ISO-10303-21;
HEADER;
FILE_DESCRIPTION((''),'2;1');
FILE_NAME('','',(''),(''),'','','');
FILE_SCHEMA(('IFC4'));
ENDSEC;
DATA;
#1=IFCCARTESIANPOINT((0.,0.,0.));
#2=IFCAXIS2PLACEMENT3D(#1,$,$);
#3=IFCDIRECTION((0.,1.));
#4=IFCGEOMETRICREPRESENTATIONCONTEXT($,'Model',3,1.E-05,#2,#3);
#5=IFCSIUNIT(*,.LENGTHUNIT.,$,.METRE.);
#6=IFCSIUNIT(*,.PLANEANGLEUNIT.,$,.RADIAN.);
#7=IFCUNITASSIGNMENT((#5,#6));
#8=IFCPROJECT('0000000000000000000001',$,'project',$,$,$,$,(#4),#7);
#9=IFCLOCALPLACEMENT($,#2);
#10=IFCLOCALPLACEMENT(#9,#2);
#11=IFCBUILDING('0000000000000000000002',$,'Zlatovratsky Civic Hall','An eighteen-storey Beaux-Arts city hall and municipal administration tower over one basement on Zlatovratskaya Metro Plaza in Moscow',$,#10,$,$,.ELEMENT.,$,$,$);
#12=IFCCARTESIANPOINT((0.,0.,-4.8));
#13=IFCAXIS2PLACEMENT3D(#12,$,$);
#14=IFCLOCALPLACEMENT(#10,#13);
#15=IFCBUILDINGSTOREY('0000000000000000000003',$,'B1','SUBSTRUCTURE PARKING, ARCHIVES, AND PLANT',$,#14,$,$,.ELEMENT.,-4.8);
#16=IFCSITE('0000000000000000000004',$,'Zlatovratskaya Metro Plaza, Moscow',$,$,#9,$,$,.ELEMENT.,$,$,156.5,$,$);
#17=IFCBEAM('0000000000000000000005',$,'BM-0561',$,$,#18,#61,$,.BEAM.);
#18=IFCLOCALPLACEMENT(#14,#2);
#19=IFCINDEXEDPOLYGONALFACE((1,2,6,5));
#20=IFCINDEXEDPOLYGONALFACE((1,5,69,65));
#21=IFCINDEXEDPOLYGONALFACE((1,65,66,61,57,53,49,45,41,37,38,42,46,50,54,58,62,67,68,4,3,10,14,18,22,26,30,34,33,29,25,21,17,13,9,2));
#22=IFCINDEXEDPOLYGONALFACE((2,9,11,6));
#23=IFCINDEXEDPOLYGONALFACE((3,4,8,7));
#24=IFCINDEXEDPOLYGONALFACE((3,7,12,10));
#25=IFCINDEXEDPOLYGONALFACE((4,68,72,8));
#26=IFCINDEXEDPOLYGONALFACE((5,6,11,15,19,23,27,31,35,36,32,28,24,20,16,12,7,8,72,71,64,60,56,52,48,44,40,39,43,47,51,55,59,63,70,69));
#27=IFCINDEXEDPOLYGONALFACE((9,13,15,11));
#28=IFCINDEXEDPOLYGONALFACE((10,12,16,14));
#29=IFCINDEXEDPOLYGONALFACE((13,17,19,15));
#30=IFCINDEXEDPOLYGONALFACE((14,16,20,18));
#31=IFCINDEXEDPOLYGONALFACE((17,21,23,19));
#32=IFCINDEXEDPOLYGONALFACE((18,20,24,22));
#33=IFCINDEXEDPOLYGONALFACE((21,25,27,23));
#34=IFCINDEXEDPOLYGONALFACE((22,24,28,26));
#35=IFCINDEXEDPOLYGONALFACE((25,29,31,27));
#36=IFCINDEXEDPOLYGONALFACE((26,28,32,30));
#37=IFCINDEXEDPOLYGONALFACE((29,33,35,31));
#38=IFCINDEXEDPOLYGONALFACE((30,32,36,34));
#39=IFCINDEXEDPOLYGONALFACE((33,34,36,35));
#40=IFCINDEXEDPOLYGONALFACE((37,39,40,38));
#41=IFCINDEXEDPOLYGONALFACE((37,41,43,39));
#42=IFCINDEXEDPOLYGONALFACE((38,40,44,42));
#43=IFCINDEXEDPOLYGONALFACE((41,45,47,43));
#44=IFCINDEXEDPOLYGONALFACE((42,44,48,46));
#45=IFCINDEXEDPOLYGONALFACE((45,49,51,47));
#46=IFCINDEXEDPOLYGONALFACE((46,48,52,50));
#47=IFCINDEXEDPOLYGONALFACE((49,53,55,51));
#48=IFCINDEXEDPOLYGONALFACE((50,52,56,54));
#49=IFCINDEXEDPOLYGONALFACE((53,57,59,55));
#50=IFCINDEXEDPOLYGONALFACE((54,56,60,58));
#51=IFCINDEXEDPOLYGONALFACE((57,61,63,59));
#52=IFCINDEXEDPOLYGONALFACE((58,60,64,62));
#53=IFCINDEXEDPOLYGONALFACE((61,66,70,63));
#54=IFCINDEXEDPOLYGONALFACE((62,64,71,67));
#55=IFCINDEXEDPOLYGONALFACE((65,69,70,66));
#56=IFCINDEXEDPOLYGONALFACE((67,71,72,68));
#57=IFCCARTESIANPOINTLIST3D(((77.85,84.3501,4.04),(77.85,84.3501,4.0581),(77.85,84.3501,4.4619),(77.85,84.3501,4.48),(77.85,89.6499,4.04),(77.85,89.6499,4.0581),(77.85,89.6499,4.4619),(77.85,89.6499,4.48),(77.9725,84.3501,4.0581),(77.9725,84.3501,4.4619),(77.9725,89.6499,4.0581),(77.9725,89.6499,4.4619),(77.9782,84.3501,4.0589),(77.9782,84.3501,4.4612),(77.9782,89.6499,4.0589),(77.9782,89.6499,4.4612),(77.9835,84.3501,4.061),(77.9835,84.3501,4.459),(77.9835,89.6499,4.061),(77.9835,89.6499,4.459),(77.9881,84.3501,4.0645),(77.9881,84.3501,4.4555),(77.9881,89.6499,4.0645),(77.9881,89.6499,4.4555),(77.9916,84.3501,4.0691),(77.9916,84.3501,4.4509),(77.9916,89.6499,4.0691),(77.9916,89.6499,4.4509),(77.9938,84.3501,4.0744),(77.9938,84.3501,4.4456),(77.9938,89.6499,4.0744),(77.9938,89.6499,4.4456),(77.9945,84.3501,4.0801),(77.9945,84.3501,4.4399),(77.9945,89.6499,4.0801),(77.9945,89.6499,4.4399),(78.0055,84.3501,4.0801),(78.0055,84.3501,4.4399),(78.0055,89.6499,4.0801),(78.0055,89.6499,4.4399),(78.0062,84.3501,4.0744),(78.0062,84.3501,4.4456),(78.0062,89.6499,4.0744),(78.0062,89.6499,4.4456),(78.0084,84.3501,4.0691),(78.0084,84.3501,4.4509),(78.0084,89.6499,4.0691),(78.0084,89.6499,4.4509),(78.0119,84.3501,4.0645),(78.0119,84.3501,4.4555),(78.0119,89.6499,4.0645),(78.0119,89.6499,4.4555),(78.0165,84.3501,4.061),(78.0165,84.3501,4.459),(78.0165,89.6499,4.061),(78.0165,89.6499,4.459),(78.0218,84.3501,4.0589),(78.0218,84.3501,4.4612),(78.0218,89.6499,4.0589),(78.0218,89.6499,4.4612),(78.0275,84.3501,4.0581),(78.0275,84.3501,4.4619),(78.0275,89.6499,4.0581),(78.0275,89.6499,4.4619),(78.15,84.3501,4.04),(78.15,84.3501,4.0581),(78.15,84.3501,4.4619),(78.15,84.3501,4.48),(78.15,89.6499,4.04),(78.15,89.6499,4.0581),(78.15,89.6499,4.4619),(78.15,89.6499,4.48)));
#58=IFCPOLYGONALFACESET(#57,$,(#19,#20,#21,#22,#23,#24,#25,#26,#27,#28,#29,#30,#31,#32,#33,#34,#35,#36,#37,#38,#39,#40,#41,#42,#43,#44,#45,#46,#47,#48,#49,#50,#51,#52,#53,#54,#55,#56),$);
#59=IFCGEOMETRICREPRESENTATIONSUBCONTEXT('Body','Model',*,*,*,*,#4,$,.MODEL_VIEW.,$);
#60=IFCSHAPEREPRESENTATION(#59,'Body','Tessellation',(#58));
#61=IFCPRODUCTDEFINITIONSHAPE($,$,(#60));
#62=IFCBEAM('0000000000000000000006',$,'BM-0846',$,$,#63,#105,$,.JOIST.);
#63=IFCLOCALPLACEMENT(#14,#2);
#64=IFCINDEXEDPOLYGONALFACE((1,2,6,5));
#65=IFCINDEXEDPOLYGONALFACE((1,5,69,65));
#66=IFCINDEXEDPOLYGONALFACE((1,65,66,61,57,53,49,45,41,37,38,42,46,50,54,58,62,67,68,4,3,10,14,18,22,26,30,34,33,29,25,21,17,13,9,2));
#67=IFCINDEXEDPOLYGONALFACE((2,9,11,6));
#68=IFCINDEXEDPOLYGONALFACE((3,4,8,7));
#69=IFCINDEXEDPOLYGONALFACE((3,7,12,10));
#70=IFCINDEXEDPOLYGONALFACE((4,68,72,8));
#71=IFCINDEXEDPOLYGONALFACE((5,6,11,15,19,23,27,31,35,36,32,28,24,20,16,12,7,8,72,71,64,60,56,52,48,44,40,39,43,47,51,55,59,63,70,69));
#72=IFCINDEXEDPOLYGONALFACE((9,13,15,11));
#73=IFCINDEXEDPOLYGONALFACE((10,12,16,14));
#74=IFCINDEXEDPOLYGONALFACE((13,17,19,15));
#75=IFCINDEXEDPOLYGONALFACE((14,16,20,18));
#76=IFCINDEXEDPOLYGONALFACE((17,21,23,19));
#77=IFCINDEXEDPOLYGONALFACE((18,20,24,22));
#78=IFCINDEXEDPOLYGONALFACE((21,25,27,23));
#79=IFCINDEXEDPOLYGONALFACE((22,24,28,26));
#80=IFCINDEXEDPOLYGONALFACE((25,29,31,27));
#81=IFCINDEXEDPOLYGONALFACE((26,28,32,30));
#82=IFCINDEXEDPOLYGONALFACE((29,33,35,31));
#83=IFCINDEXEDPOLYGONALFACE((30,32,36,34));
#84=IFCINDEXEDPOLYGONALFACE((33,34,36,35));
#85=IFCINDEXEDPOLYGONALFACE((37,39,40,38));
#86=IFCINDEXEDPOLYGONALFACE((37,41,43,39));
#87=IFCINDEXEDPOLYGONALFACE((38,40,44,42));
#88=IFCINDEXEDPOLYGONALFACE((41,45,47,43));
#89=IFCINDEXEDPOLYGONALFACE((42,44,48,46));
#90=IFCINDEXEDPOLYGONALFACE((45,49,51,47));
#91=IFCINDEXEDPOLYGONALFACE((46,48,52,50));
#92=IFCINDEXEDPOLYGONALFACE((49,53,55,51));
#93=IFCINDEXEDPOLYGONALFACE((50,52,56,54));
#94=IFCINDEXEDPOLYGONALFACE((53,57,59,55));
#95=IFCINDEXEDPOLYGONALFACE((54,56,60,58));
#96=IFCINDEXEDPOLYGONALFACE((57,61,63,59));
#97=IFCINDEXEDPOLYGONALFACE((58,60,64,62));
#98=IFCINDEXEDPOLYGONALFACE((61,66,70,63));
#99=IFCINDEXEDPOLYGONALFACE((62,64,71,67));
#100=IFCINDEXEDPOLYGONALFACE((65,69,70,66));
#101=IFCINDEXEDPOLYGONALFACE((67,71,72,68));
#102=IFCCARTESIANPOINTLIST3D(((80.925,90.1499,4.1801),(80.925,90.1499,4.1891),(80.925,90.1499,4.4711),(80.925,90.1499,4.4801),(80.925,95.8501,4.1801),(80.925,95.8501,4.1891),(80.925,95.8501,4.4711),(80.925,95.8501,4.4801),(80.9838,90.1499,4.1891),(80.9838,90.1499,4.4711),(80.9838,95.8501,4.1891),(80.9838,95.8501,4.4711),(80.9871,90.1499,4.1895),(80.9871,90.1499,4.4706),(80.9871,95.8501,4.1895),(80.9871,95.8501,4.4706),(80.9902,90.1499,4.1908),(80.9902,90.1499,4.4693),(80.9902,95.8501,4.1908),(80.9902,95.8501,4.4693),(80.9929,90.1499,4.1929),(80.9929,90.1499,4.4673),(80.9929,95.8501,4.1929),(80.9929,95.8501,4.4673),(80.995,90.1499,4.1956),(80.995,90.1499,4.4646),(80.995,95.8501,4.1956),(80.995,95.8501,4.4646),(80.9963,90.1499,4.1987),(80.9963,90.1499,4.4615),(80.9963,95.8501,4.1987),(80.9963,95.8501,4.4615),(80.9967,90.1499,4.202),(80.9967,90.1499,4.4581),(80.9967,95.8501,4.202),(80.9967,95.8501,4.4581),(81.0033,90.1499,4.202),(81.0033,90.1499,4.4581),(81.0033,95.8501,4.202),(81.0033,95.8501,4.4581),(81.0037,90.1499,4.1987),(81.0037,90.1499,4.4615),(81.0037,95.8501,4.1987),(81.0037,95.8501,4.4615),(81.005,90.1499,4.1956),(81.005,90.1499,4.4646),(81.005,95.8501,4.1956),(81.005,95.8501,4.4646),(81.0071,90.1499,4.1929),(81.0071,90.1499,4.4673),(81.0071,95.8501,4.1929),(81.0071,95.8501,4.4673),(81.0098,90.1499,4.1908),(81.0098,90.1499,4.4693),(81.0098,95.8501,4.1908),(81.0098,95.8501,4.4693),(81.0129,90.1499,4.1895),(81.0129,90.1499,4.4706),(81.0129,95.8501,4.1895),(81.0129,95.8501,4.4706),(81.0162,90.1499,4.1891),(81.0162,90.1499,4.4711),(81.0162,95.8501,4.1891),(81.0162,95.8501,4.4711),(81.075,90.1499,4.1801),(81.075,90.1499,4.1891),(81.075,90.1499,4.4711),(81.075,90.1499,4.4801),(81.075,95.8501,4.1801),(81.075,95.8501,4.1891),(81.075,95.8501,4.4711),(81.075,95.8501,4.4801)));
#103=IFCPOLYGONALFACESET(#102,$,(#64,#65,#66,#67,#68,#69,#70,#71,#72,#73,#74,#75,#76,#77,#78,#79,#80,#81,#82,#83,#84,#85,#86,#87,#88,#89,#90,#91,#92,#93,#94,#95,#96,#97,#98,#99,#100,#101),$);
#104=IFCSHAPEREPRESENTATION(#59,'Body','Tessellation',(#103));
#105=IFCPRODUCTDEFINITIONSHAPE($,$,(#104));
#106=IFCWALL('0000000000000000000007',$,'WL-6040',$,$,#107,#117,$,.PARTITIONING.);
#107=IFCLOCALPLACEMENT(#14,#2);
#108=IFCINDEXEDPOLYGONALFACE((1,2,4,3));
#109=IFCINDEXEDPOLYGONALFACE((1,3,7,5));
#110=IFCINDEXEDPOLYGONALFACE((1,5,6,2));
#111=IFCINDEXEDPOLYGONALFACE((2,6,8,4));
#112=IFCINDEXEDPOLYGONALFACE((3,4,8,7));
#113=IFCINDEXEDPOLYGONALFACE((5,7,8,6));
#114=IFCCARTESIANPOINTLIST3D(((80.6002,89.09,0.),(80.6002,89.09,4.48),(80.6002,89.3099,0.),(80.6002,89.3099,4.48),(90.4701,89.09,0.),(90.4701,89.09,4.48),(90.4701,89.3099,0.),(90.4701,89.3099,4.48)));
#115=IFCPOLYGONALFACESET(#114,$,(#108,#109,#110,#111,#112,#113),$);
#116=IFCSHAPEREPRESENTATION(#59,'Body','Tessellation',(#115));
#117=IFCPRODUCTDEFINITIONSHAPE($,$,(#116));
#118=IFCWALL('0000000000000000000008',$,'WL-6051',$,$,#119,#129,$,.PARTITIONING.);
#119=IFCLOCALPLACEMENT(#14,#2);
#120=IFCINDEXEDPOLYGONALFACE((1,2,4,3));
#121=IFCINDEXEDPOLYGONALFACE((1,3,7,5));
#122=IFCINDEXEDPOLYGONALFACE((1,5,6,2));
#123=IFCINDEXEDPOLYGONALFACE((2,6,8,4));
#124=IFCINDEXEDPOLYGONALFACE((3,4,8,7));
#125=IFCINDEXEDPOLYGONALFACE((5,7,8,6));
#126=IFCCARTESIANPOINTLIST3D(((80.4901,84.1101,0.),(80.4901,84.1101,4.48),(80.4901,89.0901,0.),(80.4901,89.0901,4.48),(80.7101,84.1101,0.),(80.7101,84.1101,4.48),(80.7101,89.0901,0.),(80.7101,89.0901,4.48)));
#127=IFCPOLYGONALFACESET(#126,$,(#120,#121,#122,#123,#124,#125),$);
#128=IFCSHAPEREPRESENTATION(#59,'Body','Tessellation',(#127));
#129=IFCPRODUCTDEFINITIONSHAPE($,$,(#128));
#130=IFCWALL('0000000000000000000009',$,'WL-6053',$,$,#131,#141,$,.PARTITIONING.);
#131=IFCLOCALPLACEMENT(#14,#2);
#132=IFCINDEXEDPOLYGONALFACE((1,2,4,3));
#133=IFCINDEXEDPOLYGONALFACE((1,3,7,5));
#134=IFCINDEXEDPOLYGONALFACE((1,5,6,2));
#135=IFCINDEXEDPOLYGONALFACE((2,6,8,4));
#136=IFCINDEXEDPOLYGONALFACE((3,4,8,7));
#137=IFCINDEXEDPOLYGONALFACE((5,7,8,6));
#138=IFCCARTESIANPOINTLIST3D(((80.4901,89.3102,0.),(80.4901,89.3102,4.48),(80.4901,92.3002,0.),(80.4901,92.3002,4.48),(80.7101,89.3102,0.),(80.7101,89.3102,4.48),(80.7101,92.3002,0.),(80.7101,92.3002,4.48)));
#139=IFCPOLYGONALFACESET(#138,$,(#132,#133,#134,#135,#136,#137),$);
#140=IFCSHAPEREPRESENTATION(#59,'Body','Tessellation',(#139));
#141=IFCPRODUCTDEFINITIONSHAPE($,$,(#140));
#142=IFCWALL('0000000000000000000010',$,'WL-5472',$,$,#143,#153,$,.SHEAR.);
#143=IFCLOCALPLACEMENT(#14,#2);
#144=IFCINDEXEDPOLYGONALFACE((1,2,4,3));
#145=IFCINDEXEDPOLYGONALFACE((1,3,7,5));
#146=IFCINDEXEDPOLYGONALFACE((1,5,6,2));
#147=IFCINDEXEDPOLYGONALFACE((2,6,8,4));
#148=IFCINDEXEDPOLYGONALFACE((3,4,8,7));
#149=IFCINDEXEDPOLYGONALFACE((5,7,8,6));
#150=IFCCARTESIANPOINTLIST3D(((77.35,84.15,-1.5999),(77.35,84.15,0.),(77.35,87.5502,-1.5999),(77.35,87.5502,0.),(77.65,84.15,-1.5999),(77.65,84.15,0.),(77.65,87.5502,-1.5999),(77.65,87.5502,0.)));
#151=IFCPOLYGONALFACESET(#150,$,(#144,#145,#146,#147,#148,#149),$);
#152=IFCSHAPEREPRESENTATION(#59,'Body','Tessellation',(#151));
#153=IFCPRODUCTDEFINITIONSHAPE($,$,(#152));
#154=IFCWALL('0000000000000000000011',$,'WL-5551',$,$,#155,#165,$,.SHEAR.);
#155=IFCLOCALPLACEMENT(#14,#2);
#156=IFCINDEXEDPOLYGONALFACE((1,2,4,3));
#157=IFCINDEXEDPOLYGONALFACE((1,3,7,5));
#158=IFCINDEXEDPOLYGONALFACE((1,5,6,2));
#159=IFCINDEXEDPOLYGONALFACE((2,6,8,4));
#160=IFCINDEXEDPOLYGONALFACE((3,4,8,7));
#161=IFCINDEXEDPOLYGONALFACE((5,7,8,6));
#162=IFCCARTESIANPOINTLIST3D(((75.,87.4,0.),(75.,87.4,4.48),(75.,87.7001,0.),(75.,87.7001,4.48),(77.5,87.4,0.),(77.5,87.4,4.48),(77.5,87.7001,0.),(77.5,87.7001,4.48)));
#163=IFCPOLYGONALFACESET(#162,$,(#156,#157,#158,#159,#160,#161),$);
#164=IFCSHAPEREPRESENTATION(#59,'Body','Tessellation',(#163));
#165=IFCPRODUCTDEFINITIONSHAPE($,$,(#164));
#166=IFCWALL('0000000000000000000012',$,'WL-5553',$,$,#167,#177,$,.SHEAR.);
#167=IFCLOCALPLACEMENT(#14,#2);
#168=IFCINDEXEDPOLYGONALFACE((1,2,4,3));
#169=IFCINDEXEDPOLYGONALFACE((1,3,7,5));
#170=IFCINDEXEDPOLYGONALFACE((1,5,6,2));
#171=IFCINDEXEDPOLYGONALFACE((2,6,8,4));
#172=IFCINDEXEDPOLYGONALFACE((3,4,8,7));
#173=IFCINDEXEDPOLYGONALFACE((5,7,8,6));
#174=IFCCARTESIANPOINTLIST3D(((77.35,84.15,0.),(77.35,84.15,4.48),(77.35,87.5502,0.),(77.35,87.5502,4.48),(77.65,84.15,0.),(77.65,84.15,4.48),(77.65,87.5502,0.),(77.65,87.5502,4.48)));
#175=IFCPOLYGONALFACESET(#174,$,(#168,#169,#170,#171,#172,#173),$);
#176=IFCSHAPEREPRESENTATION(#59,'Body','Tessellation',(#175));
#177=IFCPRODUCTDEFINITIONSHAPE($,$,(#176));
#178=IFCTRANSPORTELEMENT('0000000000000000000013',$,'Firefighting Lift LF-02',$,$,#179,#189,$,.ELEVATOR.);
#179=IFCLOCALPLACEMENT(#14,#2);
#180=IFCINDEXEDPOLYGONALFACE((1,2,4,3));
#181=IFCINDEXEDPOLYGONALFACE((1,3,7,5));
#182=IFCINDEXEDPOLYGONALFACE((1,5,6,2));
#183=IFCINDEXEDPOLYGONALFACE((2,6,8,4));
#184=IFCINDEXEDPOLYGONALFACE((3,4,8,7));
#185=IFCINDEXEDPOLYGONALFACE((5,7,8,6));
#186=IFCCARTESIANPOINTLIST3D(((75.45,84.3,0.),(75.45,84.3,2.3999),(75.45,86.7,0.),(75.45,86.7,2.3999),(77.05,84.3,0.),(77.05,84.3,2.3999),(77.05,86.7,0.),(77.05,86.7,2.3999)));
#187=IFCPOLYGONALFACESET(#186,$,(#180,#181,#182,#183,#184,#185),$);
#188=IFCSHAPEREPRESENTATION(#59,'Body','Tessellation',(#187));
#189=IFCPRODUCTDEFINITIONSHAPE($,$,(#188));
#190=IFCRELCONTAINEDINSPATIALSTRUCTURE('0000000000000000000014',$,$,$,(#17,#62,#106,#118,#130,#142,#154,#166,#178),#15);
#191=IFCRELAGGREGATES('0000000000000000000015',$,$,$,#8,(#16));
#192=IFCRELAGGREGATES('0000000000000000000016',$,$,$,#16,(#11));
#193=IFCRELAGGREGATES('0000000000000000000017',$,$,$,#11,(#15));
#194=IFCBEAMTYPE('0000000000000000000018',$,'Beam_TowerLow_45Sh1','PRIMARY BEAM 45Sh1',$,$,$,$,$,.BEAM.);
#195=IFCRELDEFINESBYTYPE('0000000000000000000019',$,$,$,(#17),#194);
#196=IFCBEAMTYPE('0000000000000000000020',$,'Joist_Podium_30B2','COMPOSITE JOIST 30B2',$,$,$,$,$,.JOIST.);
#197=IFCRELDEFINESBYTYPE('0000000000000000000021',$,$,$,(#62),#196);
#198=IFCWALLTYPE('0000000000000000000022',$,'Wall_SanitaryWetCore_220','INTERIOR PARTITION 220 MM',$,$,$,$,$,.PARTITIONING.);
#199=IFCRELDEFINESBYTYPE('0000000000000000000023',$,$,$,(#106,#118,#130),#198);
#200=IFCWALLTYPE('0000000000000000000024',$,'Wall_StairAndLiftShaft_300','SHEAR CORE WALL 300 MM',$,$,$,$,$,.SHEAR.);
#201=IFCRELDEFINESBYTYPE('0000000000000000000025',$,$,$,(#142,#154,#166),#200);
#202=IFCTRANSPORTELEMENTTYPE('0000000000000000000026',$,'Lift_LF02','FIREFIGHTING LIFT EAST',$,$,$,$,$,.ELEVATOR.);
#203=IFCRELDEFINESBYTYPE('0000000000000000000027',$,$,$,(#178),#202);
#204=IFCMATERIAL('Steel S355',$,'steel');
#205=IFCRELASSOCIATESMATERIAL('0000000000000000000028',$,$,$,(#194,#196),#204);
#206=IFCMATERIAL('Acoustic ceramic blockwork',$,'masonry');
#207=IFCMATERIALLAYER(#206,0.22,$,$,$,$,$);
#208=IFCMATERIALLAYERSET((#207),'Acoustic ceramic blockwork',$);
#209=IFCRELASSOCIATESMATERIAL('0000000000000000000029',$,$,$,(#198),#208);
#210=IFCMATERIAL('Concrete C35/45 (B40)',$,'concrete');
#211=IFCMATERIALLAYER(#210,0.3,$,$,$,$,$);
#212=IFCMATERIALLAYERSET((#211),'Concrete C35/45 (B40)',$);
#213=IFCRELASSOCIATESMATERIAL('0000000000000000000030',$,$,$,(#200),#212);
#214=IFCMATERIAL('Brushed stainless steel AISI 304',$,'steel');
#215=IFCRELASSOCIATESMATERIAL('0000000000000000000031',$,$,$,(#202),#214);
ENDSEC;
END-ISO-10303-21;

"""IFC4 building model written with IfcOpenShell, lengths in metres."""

from ifc_helpers import new_model, si_unit, direction, frame, frame_2d, origin, origin_2d, place, context, subcontext, project, spatial, rectangle, i_section, extrude, material, layer, layer_set, material_profile, profile_set, type_object, element, save


model = new_model("IFC4")

# Units and contexts
model_context = context("Model", 3, precision=1e-05, world=origin(), true_north=direction((0.0, 1.0)))
body_context = subcontext(model_context, "Body", "Model", "MODEL_VIEW")
ifc_project = project(units=[si_unit("LENGTHUNIT", "METRE"), si_unit("PLANEANGLEUNIT", "RADIAN")], contexts=[model_context])

# Site, building, storey
site_placement = place(None, origin())
site = spatial("IfcSite", under=ifc_project, at=site_placement, Name="Zlatovratskaya Metro Plaza, Moscow", CompositionType="ELEMENT", RefElevation=156.5)
building_placement = place(site_placement, origin())
building = spatial("IfcBuilding", under=site, at=building_placement, Name="Zlatovratsky Civic Hall", Description="An eighteen-storey Beaux-Arts city hall and municipal administration tower over one basement on Zlatovratskaya Metro Plaza in Moscow", CompositionType="ELEMENT")
storey_placement = place(building_placement, frame((0.0, 0.0, -4.8)))
storey = spatial("IfcBuildingStorey", under=building, at=storey_placement, Name="B1", Description="SUBSTRUCTURE PARKING, ARCHIVES, AND PLANT", CompositionType="ELEMENT", Elevation=-4.8)

# Shared definitions
ifc_material_1 = material(Name="Concrete C35/45 (B40)", Category="concrete")

# Beams
ifc_material_2 = material(Name="Steel S355", Category="steel")
ifc_material_profile_1 = material_profile(ifc_material_2, i_section(OverallWidth=0.3, OverallDepth=0.4399, WebThickness=0.011, FlangeThickness=0.0181, FilletRadius=0.022, at=origin_2d()), Name="45Sh1")
ifc_profile_set_1 = profile_set([ifc_material_profile_1], Name="Steel S355")
beam_type_1 = type_object("IfcBeamType", Name="Beam_TowerLow_45Sh1", Description="PRIMARY BEAM 45Sh1", PredefinedType="BEAM", material=ifc_profile_set_1)
for number, where, z_axis, x_axis, name in (
    (1, (78.0, 84.3501, 4.26), (0.0, 1.0, 0.0), (-1.0, 0.0, 0.0), "BM-0561"),
):
    element("IfcBeam", number, at=place(storey_placement, frame(where, z_axis=z_axis, x_axis=x_axis)), inside=storey, type_object=beam_type_1, Name=name, PredefinedType="BEAM", context=body_context, shape_type="SweptSolid", body=[
        extrude(i_section(OverallWidth=0.3, OverallDepth=0.4399, WebThickness=0.011, FlangeThickness=0.0181, FilletRadius=0.022, at=origin_2d()), origin(), (0.0, 0.0, 1.0), 5.2998),
    ])
ifc_material_profile_2 = material_profile(ifc_material_2, i_section(OverallWidth=0.1499, OverallDepth=0.3, WebThickness=0.0066, FlangeThickness=0.009, FilletRadius=0.0129, at=origin_2d()), Name="30B2")
ifc_profile_set_2 = profile_set([ifc_material_profile_2], Name="Steel S355")
beam_type_2 = type_object("IfcBeamType", Name="Joist_Podium_30B2", Description="COMPOSITE JOIST 30B2", PredefinedType="JOIST", material=ifc_profile_set_2)
beam_placement = place(storey_placement, frame((81.0, 90.1499, 4.3301), z_axis=(0.0, 1.0, 0.0), x_axis=(-1.0, 0.0, 0.0)))
element("IfcBeam", 2, at=beam_placement, inside=storey, type_object=beam_type_2, Name="BM-0846", PredefinedType="JOIST", context=body_context, shape_type="SweptSolid", body=[
    extrude(i_section(OverallWidth=0.1499, OverallDepth=0.3, WebThickness=0.0066, FlangeThickness=0.009, FilletRadius=0.0129, at=origin_2d()), origin(), (0.0, 0.0, 1.0), 5.7002),
])

# Shared definitions
ifc_material_3 = material(Name="Acoustic ceramic blockwork", Category="masonry")
ifc_layer_1 = layer(ifc_material_3, 0.22)
ifc_layer_set_1 = layer_set([ifc_layer_1], Name="Acoustic ceramic blockwork")
wall_type_1 = type_object("IfcWallType", Name="Wall_SanitaryWetCore_220", Description="INTERIOR PARTITION 220 MM", PredefinedType="PARTITIONING", material=ifc_layer_set_1)

# Walls
wall_1_placement = place(storey_placement, frame((80.6001, 89.2, 0.0), z_axis=(0.0, 0.0, 1.0), x_axis=(1.0, 0.0, 0.0)))
element("IfcWall", 3, at=wall_1_placement, inside=storey, type_object=wall_type_1, Name="WL-6040", PredefinedType="PARTITIONING", context=body_context, shape_type="SweptSolid", body=[
    extrude(rectangle(XDim=9.8699, YDim=0.22, at=frame_2d((4.9351, 0.0))), origin(), (0.0, 0.0, 1.0), 4.48),
])
wall_2_placement = place(storey_placement, frame((80.6001, 84.1101, 0.0), z_axis=(0.0, 0.0, 1.0), x_axis=(0.0, 1.0, 0.0)))
element("IfcWall", 4, at=wall_2_placement, inside=storey, type_object=wall_type_1, Name="WL-6051", PredefinedType="PARTITIONING", context=body_context, shape_type="SweptSolid", body=[
    extrude(rectangle(XDim=4.98, YDim=0.22, at=frame_2d((2.49, 0.0))), origin(), (0.0, 0.0, 1.0), 4.48),
])
wall_3_placement = place(storey_placement, frame((80.6001, 89.3101, 0.0), z_axis=(0.0, 0.0, 1.0), x_axis=(0.0, 1.0, 0.0)))
element("IfcWall", 5, at=wall_3_placement, inside=storey, type_object=wall_type_1, Name="WL-6053", PredefinedType="PARTITIONING", context=body_context, shape_type="SweptSolid", body=[
    extrude(rectangle(XDim=2.99, YDim=0.22, at=frame_2d((1.4951, 0.0))), origin(), (0.0, 0.0, 1.0), 4.48),
])
ifc_layer_2 = layer(ifc_material_1, 0.3)
ifc_layer_set_2 = layer_set([ifc_layer_2], Name="Concrete C35/45 (B40)")
wall_type_2 = type_object("IfcWallType", Name="Wall_StairAndLiftShaft_300", Description="SHEAR CORE WALL 300 MM", PredefinedType="SHEAR", material=ifc_layer_set_2)
wall_4_placement = place(storey_placement, frame((77.5, 84.1499, -1.5999), z_axis=(0.0, 0.0, 1.0), x_axis=(0.0, 1.0, 0.0)))
element("IfcWall", 6, at=wall_4_placement, inside=storey, type_object=wall_type_2, Name="WL-5472", PredefinedType="SHEAR", context=body_context, shape_type="SweptSolid", body=[
    extrude(rectangle(XDim=3.4001, YDim=0.3, at=frame_2d((1.7002, 0.0))), origin(), (0.0, 0.0, 1.0), 1.5999),
])
wall_5_placement = place(storey_placement, frame((75.0, 87.55, 0.0), z_axis=(0.0, 0.0, 1.0), x_axis=(1.0, 0.0, 0.0)))
element("IfcWall", 7, at=wall_5_placement, inside=storey, type_object=wall_type_2, Name="WL-5551", PredefinedType="SHEAR", context=body_context, shape_type="SweptSolid", body=[
    extrude(rectangle(XDim=2.5, YDim=0.3, at=frame_2d((1.25, 0.0))), origin(), (0.0, 0.0, 1.0), 4.48),
])
wall_6_placement = place(storey_placement, frame((77.5, 84.1499, 0.0), z_axis=(0.0, 0.0, 1.0), x_axis=(0.0, 1.0, 0.0)))
element("IfcWall", 8, at=wall_6_placement, inside=storey, type_object=wall_type_2, Name="WL-5553", PredefinedType="SHEAR", context=body_context, shape_type="SweptSolid", body=[
    extrude(rectangle(XDim=3.4001, YDim=0.3, at=frame_2d((1.7002, 0.0))), origin(), (0.0, 0.0, 1.0), 4.48),
])

# Transport element
ifc_material_4 = material(Name="Brushed stainless steel AISI 304", Category="steel")
transport_element_type = type_object("IfcTransportElementType", Name="Lift_LF02", Description="FIREFIGHTING LIFT EAST", PredefinedType="ELEVATOR", material=ifc_material_4)
transport_element_placement = place(storey_placement, frame((76.25, 85.5, 0.0), z_axis=(0.0, 0.0, 1.0), x_axis=(1.0, 0.0, 0.0)))
element("IfcTransportElement", 9, at=transport_element_placement, inside=storey, type_object=transport_element_type, Name="Firefighting Lift LF-02", PredefinedType="ELEVATOR", context=body_context, shape_type="SweptSolid", body=[
    extrude(rectangle(XDim=1.6001, YDim=2.3999, at=origin_2d()), origin(), (0.0, 0.0, 1.0), 2.3999),
])

save(model, "model.ifc")
